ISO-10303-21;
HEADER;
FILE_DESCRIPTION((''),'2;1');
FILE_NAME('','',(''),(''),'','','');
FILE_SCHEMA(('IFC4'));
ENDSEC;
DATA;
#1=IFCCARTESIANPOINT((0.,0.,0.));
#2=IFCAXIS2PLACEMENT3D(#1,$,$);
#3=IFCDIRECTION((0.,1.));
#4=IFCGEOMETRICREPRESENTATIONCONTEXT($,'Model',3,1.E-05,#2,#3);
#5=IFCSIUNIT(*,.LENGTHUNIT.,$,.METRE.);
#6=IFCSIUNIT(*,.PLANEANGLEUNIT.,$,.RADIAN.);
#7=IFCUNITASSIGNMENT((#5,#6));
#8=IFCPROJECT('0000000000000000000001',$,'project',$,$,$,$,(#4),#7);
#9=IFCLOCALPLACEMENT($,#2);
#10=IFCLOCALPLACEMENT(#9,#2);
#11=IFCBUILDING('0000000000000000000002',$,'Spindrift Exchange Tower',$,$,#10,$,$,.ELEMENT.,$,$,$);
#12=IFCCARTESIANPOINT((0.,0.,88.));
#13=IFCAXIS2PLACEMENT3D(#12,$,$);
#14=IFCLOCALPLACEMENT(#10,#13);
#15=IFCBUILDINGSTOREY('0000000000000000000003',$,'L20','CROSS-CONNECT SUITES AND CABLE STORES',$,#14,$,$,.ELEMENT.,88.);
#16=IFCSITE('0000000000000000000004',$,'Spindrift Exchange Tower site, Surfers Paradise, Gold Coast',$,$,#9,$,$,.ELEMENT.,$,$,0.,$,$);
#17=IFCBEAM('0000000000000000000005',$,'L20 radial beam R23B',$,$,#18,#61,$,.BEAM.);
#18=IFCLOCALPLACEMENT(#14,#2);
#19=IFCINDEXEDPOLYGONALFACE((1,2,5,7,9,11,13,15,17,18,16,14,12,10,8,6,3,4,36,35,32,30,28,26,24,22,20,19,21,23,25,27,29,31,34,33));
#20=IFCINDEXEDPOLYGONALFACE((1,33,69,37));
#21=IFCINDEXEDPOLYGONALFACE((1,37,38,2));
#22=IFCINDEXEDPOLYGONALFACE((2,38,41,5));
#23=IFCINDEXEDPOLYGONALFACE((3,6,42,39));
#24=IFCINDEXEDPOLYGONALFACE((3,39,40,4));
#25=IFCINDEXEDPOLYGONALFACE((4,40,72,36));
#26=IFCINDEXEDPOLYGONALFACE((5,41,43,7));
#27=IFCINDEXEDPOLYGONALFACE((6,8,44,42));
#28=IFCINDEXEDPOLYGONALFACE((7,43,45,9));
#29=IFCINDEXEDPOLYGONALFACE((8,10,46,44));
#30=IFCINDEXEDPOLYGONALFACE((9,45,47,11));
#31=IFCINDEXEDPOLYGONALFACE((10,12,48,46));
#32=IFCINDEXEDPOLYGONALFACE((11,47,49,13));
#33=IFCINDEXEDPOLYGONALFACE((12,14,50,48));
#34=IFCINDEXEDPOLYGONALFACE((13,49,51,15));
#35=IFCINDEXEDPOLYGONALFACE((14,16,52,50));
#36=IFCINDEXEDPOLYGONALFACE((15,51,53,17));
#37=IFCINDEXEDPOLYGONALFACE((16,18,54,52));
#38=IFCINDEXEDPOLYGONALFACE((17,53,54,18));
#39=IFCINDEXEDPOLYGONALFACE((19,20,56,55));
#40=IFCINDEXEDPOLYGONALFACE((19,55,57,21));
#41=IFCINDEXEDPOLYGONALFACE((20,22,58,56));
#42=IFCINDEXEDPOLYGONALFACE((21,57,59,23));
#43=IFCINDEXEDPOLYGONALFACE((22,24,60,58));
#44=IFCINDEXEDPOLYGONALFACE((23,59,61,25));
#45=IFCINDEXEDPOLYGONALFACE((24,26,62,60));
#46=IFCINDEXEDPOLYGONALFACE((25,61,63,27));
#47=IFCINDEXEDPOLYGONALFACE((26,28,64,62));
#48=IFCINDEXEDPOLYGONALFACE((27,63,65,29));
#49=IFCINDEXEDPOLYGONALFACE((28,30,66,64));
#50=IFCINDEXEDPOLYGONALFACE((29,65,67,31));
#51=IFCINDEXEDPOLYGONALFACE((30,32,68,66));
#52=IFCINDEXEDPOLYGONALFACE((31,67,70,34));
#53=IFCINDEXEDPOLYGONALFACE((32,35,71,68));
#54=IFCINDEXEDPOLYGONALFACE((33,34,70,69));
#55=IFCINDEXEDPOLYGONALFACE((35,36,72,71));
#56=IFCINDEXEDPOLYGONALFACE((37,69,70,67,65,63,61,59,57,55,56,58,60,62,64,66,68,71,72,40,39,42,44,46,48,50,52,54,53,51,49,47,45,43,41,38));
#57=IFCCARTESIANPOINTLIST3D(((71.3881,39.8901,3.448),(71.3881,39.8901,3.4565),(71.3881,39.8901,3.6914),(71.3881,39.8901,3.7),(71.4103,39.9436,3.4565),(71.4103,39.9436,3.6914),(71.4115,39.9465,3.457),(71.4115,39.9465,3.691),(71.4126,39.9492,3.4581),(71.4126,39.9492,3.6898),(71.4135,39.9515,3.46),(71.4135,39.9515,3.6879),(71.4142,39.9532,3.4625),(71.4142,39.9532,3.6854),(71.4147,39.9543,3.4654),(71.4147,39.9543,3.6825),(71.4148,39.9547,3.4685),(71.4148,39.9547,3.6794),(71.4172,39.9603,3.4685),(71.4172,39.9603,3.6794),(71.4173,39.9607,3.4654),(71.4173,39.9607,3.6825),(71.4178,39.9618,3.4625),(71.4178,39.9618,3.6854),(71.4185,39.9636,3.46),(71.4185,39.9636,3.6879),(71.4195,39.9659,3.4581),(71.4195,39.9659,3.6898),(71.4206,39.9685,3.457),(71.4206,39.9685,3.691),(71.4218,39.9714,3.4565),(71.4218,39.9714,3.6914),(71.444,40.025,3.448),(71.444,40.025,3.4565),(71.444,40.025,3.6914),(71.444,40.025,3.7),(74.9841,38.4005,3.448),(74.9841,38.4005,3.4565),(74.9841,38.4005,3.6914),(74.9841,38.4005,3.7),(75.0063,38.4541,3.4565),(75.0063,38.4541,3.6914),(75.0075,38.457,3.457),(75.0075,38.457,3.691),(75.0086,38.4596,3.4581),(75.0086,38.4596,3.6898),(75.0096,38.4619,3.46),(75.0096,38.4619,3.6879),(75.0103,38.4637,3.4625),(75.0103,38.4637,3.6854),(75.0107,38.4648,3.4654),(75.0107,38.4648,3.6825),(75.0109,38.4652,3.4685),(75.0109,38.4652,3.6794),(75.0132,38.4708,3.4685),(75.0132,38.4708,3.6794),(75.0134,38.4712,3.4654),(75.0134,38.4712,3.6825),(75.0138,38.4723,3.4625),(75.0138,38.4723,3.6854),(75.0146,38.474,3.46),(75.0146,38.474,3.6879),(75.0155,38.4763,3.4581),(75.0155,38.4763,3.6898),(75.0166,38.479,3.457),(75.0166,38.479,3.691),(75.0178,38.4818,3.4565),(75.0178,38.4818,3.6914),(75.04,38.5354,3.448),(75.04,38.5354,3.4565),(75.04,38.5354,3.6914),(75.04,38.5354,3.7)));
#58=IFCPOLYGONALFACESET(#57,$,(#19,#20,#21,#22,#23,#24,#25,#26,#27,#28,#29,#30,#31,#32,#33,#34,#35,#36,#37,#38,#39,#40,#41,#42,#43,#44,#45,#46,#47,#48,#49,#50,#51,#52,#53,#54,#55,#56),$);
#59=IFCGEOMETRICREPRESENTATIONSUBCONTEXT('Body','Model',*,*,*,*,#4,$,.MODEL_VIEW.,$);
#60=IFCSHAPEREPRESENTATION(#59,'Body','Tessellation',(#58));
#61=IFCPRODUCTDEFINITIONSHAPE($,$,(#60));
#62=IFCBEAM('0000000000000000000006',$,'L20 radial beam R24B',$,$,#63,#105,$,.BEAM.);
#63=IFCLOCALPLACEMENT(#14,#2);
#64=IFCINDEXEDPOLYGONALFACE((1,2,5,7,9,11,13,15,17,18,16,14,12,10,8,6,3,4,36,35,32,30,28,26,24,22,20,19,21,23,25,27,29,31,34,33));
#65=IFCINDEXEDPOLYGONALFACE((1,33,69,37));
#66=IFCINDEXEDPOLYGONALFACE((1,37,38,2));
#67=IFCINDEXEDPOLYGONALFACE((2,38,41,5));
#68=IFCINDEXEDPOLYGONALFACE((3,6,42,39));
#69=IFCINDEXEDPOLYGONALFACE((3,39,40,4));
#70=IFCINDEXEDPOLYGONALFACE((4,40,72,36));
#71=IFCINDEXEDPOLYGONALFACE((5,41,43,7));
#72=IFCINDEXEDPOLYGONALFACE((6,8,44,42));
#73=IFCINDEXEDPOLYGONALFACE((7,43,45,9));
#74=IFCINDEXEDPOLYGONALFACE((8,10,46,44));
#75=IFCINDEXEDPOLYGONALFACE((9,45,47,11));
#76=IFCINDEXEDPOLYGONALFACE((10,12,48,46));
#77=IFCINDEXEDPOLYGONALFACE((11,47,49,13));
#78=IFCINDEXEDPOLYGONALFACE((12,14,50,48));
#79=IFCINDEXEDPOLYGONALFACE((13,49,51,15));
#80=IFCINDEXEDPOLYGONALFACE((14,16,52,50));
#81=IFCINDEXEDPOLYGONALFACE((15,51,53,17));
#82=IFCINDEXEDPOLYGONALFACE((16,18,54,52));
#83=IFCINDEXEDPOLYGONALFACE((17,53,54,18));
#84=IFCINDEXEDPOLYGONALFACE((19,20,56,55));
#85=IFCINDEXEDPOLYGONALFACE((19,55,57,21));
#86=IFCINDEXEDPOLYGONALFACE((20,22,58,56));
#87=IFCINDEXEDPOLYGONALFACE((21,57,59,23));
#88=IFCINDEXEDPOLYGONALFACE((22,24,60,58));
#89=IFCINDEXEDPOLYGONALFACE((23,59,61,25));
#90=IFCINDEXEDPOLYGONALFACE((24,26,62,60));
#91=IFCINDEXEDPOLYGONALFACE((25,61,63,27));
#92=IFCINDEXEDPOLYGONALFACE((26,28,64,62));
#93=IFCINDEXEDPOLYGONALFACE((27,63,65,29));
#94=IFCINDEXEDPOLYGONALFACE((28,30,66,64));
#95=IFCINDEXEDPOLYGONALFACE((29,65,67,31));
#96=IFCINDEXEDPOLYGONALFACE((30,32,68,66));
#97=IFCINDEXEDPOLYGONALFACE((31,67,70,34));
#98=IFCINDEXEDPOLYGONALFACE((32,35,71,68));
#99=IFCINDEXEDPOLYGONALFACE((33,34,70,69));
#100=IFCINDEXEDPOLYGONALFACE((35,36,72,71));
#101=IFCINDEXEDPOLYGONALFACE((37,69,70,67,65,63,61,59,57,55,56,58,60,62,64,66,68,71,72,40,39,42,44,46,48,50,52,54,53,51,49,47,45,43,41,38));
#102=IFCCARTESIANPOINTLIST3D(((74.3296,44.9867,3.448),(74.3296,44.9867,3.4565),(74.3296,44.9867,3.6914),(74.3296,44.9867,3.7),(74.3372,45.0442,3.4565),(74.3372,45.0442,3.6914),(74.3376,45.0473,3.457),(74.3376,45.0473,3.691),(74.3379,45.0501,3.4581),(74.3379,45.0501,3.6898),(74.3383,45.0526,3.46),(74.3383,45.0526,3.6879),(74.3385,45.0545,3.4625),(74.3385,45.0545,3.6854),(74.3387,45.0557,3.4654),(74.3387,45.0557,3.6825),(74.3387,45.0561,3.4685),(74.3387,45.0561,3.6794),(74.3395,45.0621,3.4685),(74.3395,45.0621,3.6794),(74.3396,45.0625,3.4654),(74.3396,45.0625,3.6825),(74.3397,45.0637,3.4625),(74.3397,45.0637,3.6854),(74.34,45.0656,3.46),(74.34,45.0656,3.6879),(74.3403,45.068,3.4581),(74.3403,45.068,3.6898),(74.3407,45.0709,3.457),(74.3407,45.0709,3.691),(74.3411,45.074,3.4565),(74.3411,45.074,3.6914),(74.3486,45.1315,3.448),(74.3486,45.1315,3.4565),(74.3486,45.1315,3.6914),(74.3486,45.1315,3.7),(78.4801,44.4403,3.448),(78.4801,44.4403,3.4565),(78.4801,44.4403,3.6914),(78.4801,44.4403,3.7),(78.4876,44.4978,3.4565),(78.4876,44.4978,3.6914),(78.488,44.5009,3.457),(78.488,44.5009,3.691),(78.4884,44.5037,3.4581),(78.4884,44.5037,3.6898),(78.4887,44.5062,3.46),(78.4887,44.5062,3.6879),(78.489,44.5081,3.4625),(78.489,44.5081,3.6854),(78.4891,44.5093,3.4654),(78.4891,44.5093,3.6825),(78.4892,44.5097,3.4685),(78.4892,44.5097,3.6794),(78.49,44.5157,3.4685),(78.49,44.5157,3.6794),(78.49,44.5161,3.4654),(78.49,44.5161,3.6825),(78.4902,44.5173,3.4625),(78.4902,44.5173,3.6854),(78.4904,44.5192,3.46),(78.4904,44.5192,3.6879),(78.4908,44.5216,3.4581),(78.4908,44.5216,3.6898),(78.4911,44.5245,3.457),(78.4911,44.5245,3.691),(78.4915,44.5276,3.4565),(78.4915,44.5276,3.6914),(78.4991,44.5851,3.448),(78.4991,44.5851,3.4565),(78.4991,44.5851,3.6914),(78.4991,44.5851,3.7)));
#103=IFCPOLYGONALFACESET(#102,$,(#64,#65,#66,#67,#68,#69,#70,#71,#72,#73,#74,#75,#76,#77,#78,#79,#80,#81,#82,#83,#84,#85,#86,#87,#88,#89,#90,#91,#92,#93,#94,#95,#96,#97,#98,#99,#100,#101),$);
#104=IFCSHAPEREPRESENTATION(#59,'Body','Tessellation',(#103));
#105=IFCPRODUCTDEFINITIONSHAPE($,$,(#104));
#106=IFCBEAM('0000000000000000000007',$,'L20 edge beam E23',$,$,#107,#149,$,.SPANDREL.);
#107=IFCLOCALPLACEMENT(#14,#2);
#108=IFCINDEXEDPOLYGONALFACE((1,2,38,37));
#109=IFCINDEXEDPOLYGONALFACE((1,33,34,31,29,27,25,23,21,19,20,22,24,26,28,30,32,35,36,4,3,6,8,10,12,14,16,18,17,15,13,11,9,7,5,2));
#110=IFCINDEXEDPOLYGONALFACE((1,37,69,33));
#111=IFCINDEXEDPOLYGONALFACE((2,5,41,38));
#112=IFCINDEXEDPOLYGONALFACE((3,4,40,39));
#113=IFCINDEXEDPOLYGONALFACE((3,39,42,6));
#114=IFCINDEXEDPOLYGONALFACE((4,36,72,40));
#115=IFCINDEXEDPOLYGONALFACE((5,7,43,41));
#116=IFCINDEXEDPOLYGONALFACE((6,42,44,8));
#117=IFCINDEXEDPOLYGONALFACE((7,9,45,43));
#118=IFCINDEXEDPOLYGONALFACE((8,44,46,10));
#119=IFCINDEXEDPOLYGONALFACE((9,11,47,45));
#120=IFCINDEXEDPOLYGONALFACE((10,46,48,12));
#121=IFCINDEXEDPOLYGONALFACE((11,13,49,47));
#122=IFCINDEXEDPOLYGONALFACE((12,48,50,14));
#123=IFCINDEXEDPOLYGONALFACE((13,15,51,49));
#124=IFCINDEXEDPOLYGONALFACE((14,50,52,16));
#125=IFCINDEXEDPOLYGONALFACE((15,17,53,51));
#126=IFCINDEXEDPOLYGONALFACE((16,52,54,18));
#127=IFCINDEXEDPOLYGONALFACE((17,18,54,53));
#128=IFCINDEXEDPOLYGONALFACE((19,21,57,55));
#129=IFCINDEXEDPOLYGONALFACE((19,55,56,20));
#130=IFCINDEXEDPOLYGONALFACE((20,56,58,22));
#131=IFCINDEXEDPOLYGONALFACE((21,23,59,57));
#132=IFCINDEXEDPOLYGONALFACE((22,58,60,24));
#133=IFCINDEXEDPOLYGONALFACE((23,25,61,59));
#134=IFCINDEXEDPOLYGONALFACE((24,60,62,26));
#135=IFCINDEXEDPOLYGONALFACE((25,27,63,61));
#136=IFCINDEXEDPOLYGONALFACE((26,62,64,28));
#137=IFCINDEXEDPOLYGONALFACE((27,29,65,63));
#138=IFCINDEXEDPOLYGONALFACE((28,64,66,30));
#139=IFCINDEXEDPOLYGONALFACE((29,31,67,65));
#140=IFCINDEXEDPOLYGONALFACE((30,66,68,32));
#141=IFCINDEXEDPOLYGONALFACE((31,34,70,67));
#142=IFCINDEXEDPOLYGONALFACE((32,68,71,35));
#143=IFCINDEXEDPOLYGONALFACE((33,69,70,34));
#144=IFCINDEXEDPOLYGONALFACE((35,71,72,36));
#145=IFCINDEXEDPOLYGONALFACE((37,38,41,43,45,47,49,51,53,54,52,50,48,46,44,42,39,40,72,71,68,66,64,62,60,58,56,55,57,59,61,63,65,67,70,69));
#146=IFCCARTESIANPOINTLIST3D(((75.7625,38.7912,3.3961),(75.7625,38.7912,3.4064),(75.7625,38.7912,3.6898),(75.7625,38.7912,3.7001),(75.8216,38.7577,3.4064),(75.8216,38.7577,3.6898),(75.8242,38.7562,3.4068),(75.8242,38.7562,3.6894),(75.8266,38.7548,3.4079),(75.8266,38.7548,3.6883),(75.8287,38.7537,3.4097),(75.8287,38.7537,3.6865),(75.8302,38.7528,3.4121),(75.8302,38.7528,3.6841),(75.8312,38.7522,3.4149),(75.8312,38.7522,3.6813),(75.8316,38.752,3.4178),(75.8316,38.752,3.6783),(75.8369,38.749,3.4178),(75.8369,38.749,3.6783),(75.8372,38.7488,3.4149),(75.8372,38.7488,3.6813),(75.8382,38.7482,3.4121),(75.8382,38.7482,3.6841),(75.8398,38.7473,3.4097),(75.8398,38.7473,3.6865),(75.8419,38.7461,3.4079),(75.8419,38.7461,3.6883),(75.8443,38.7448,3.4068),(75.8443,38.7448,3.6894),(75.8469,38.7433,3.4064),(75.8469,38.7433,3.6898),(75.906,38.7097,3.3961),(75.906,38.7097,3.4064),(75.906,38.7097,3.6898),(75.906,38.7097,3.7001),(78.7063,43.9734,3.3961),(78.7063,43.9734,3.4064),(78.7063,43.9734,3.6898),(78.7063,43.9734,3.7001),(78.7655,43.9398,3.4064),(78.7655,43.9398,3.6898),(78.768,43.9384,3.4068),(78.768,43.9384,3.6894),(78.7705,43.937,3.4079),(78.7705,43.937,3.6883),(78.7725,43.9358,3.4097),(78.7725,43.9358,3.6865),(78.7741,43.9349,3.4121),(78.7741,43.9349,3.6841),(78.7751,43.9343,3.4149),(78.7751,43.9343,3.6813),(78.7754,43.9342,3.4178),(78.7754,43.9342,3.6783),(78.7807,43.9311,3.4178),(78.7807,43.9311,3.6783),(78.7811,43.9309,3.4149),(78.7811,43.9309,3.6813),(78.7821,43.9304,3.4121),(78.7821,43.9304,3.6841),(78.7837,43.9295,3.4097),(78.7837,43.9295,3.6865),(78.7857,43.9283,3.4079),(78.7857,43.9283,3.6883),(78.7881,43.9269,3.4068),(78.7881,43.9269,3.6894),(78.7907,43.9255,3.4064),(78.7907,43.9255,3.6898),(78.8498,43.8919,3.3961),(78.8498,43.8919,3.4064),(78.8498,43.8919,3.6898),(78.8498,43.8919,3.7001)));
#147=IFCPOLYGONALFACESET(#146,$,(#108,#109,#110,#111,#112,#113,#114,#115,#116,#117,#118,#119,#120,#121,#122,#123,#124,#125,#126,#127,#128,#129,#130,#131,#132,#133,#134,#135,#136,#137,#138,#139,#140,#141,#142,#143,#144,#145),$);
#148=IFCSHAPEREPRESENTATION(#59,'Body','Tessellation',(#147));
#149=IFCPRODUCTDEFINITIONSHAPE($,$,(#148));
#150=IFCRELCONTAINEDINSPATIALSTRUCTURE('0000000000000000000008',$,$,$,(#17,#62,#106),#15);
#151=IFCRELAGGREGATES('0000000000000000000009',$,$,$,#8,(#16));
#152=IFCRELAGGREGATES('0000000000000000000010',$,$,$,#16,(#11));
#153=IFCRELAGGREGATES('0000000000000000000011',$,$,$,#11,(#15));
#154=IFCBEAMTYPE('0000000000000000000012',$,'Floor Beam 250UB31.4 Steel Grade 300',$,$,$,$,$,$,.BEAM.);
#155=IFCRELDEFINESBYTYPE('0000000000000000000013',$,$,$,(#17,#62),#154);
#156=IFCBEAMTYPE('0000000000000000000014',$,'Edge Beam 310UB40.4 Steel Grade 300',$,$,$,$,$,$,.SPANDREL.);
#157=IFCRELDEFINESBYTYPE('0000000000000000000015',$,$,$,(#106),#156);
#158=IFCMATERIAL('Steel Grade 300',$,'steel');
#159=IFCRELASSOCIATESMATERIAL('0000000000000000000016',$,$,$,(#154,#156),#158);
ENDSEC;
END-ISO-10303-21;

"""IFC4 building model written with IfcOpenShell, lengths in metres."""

from ifc_helpers import new_model, si_unit, direction, frame, origin, origin_2d, place, context, subcontext, project, spatial, i_section, extrude, source, transform, mapped, material, material_profile, profile_set, type_object, element, save


model = new_model("IFC4")

# Units and contexts
model_context = context("Model", 3, precision=1e-05, world=origin(), true_north=direction((0.0, 1.0)))
body_context = subcontext(model_context, "Body", "Model", "MODEL_VIEW")
ifc_project = project(units=[si_unit("LENGTHUNIT", "METRE"), si_unit("PLANEANGLEUNIT", "RADIAN")], contexts=[model_context])

# Site, building, storey
site_placement = place(None, origin())
site = spatial("IfcSite", under=ifc_project, at=site_placement, Name="Spindrift Exchange Tower site, Surfers Paradise, Gold Coast", CompositionType="ELEMENT", RefElevation=0.0)
building_placement = place(site_placement, origin())
building = spatial("IfcBuilding", under=site, at=building_placement, Name="Spindrift Exchange Tower", CompositionType="ELEMENT")
storey_placement = place(building_placement, frame((0.0, 0.0, 88.0)))
storey = spatial("IfcBuildingStorey", under=building, at=storey_placement, Name="L20", Description="CROSS-CONNECT SUITES AND CABLE STORES", CompositionType="ELEMENT", Elevation=88.0)

# Beams
ifc_material_1 = material(Name="Steel Grade 300", Category="steel")
ifc_material_profile_1 = material_profile(ifc_material_1, i_section(OverallWidth=0.146, OverallDepth=0.252, WebThickness=0.0061, FlangeThickness=0.0085, FilletRadius=0.012, at=origin_2d()), Name="250UB31.4")
ifc_profile_set_1 = profile_set([ifc_material_profile_1], Name="Steel Grade 300")
beam_type_1 = type_object("IfcBeamType", Name="Floor Beam 250UB31.4 Steel Grade 300", PredefinedType="BEAM", material=ifc_profile_set_1)
shared_shape_1 = source(origin(), body_context, "Body", "SweptSolid", [
    extrude(i_section(OverallWidth=0.146, OverallDepth=0.252, WebThickness=0.0061, FlangeThickness=0.0085, FilletRadius=0.012, at=origin_2d()), origin(), (0.0, 0.0, 1.0), 3.8923),
])
beam_1_placement = place(storey_placement, frame((71.416, 39.9575, 3.574), z_axis=(0.923878, -0.382686, 0.0), x_axis=(0.382686, 0.923878, 0.0)))
element("IfcBeam", 1, at=beam_1_placement, inside=storey, type_object=beam_type_1, Name="L20 radial beam R23B", PredefinedType="BEAM", context=body_context, shape_type="MappedRepresentation", body=[
    mapped(shared_shape_1, transform((0.0, 0.0, 0.0), scale=1.0)),
])
shared_shape_2 = source(origin(), body_context, "Body", "SweptSolid", [
    extrude(i_section(OverallWidth=0.146, OverallDepth=0.252, WebThickness=0.0061, FlangeThickness=0.0085, FilletRadius=0.012, at=origin_2d()), origin(), (0.0, 0.0, 1.0), 4.1863),
])
beam_2_placement = place(storey_placement, frame((74.3391, 45.0591, 3.574), z_axis=(0.991446, -0.130521, 0.0), x_axis=(0.130521, 0.991446, 0.0)))
element("IfcBeam", 2, at=beam_2_placement, inside=storey, type_object=beam_type_1, Name="L20 radial beam R24B", PredefinedType="BEAM", context=body_context, shape_type="MappedRepresentation", body=[
    mapped(shared_shape_2, transform((0.0, 0.0, 0.0), scale=1.0)),
])
ifc_material_profile_2 = material_profile(ifc_material_1, i_section(OverallWidth=0.165, OverallDepth=0.304, WebThickness=0.0061, FlangeThickness=0.0103, FilletRadius=0.0115, at=origin_2d()), Name="310UB40.4")
ifc_profile_set_2 = profile_set([ifc_material_profile_2], Name="Steel Grade 300")
beam_type_2 = type_object("IfcBeamType", Name="Edge Beam 310UB40.4 Steel Grade 300", PredefinedType="SPANDREL", material=ifc_profile_set_2)
shared_shape_3 = source(origin(), body_context, "Body", "SweptSolid", [
    extrude(i_section(OverallWidth=0.165, OverallDepth=0.304, WebThickness=0.0061, FlangeThickness=0.0103, FilletRadius=0.0115, at=origin_2d()), origin(), (0.0, 0.0, 1.0), 5.96),
])
beam_3_placement = place(storey_placement, frame((75.8342, 38.7505, 3.5481), z_axis=(0.49394, 0.869496, 0.0), x_axis=(-0.869496, 0.49394, 0.0)))
element("IfcBeam", 3, at=beam_3_placement, inside=storey, type_object=beam_type_2, Name="L20 edge beam E23", PredefinedType="SPANDREL", context=body_context, shape_type="MappedRepresentation", body=[
    mapped(shared_shape_3, transform((0.0, 0.0, 0.0), scale=1.0)),
])

save(model, "model.ifc")
